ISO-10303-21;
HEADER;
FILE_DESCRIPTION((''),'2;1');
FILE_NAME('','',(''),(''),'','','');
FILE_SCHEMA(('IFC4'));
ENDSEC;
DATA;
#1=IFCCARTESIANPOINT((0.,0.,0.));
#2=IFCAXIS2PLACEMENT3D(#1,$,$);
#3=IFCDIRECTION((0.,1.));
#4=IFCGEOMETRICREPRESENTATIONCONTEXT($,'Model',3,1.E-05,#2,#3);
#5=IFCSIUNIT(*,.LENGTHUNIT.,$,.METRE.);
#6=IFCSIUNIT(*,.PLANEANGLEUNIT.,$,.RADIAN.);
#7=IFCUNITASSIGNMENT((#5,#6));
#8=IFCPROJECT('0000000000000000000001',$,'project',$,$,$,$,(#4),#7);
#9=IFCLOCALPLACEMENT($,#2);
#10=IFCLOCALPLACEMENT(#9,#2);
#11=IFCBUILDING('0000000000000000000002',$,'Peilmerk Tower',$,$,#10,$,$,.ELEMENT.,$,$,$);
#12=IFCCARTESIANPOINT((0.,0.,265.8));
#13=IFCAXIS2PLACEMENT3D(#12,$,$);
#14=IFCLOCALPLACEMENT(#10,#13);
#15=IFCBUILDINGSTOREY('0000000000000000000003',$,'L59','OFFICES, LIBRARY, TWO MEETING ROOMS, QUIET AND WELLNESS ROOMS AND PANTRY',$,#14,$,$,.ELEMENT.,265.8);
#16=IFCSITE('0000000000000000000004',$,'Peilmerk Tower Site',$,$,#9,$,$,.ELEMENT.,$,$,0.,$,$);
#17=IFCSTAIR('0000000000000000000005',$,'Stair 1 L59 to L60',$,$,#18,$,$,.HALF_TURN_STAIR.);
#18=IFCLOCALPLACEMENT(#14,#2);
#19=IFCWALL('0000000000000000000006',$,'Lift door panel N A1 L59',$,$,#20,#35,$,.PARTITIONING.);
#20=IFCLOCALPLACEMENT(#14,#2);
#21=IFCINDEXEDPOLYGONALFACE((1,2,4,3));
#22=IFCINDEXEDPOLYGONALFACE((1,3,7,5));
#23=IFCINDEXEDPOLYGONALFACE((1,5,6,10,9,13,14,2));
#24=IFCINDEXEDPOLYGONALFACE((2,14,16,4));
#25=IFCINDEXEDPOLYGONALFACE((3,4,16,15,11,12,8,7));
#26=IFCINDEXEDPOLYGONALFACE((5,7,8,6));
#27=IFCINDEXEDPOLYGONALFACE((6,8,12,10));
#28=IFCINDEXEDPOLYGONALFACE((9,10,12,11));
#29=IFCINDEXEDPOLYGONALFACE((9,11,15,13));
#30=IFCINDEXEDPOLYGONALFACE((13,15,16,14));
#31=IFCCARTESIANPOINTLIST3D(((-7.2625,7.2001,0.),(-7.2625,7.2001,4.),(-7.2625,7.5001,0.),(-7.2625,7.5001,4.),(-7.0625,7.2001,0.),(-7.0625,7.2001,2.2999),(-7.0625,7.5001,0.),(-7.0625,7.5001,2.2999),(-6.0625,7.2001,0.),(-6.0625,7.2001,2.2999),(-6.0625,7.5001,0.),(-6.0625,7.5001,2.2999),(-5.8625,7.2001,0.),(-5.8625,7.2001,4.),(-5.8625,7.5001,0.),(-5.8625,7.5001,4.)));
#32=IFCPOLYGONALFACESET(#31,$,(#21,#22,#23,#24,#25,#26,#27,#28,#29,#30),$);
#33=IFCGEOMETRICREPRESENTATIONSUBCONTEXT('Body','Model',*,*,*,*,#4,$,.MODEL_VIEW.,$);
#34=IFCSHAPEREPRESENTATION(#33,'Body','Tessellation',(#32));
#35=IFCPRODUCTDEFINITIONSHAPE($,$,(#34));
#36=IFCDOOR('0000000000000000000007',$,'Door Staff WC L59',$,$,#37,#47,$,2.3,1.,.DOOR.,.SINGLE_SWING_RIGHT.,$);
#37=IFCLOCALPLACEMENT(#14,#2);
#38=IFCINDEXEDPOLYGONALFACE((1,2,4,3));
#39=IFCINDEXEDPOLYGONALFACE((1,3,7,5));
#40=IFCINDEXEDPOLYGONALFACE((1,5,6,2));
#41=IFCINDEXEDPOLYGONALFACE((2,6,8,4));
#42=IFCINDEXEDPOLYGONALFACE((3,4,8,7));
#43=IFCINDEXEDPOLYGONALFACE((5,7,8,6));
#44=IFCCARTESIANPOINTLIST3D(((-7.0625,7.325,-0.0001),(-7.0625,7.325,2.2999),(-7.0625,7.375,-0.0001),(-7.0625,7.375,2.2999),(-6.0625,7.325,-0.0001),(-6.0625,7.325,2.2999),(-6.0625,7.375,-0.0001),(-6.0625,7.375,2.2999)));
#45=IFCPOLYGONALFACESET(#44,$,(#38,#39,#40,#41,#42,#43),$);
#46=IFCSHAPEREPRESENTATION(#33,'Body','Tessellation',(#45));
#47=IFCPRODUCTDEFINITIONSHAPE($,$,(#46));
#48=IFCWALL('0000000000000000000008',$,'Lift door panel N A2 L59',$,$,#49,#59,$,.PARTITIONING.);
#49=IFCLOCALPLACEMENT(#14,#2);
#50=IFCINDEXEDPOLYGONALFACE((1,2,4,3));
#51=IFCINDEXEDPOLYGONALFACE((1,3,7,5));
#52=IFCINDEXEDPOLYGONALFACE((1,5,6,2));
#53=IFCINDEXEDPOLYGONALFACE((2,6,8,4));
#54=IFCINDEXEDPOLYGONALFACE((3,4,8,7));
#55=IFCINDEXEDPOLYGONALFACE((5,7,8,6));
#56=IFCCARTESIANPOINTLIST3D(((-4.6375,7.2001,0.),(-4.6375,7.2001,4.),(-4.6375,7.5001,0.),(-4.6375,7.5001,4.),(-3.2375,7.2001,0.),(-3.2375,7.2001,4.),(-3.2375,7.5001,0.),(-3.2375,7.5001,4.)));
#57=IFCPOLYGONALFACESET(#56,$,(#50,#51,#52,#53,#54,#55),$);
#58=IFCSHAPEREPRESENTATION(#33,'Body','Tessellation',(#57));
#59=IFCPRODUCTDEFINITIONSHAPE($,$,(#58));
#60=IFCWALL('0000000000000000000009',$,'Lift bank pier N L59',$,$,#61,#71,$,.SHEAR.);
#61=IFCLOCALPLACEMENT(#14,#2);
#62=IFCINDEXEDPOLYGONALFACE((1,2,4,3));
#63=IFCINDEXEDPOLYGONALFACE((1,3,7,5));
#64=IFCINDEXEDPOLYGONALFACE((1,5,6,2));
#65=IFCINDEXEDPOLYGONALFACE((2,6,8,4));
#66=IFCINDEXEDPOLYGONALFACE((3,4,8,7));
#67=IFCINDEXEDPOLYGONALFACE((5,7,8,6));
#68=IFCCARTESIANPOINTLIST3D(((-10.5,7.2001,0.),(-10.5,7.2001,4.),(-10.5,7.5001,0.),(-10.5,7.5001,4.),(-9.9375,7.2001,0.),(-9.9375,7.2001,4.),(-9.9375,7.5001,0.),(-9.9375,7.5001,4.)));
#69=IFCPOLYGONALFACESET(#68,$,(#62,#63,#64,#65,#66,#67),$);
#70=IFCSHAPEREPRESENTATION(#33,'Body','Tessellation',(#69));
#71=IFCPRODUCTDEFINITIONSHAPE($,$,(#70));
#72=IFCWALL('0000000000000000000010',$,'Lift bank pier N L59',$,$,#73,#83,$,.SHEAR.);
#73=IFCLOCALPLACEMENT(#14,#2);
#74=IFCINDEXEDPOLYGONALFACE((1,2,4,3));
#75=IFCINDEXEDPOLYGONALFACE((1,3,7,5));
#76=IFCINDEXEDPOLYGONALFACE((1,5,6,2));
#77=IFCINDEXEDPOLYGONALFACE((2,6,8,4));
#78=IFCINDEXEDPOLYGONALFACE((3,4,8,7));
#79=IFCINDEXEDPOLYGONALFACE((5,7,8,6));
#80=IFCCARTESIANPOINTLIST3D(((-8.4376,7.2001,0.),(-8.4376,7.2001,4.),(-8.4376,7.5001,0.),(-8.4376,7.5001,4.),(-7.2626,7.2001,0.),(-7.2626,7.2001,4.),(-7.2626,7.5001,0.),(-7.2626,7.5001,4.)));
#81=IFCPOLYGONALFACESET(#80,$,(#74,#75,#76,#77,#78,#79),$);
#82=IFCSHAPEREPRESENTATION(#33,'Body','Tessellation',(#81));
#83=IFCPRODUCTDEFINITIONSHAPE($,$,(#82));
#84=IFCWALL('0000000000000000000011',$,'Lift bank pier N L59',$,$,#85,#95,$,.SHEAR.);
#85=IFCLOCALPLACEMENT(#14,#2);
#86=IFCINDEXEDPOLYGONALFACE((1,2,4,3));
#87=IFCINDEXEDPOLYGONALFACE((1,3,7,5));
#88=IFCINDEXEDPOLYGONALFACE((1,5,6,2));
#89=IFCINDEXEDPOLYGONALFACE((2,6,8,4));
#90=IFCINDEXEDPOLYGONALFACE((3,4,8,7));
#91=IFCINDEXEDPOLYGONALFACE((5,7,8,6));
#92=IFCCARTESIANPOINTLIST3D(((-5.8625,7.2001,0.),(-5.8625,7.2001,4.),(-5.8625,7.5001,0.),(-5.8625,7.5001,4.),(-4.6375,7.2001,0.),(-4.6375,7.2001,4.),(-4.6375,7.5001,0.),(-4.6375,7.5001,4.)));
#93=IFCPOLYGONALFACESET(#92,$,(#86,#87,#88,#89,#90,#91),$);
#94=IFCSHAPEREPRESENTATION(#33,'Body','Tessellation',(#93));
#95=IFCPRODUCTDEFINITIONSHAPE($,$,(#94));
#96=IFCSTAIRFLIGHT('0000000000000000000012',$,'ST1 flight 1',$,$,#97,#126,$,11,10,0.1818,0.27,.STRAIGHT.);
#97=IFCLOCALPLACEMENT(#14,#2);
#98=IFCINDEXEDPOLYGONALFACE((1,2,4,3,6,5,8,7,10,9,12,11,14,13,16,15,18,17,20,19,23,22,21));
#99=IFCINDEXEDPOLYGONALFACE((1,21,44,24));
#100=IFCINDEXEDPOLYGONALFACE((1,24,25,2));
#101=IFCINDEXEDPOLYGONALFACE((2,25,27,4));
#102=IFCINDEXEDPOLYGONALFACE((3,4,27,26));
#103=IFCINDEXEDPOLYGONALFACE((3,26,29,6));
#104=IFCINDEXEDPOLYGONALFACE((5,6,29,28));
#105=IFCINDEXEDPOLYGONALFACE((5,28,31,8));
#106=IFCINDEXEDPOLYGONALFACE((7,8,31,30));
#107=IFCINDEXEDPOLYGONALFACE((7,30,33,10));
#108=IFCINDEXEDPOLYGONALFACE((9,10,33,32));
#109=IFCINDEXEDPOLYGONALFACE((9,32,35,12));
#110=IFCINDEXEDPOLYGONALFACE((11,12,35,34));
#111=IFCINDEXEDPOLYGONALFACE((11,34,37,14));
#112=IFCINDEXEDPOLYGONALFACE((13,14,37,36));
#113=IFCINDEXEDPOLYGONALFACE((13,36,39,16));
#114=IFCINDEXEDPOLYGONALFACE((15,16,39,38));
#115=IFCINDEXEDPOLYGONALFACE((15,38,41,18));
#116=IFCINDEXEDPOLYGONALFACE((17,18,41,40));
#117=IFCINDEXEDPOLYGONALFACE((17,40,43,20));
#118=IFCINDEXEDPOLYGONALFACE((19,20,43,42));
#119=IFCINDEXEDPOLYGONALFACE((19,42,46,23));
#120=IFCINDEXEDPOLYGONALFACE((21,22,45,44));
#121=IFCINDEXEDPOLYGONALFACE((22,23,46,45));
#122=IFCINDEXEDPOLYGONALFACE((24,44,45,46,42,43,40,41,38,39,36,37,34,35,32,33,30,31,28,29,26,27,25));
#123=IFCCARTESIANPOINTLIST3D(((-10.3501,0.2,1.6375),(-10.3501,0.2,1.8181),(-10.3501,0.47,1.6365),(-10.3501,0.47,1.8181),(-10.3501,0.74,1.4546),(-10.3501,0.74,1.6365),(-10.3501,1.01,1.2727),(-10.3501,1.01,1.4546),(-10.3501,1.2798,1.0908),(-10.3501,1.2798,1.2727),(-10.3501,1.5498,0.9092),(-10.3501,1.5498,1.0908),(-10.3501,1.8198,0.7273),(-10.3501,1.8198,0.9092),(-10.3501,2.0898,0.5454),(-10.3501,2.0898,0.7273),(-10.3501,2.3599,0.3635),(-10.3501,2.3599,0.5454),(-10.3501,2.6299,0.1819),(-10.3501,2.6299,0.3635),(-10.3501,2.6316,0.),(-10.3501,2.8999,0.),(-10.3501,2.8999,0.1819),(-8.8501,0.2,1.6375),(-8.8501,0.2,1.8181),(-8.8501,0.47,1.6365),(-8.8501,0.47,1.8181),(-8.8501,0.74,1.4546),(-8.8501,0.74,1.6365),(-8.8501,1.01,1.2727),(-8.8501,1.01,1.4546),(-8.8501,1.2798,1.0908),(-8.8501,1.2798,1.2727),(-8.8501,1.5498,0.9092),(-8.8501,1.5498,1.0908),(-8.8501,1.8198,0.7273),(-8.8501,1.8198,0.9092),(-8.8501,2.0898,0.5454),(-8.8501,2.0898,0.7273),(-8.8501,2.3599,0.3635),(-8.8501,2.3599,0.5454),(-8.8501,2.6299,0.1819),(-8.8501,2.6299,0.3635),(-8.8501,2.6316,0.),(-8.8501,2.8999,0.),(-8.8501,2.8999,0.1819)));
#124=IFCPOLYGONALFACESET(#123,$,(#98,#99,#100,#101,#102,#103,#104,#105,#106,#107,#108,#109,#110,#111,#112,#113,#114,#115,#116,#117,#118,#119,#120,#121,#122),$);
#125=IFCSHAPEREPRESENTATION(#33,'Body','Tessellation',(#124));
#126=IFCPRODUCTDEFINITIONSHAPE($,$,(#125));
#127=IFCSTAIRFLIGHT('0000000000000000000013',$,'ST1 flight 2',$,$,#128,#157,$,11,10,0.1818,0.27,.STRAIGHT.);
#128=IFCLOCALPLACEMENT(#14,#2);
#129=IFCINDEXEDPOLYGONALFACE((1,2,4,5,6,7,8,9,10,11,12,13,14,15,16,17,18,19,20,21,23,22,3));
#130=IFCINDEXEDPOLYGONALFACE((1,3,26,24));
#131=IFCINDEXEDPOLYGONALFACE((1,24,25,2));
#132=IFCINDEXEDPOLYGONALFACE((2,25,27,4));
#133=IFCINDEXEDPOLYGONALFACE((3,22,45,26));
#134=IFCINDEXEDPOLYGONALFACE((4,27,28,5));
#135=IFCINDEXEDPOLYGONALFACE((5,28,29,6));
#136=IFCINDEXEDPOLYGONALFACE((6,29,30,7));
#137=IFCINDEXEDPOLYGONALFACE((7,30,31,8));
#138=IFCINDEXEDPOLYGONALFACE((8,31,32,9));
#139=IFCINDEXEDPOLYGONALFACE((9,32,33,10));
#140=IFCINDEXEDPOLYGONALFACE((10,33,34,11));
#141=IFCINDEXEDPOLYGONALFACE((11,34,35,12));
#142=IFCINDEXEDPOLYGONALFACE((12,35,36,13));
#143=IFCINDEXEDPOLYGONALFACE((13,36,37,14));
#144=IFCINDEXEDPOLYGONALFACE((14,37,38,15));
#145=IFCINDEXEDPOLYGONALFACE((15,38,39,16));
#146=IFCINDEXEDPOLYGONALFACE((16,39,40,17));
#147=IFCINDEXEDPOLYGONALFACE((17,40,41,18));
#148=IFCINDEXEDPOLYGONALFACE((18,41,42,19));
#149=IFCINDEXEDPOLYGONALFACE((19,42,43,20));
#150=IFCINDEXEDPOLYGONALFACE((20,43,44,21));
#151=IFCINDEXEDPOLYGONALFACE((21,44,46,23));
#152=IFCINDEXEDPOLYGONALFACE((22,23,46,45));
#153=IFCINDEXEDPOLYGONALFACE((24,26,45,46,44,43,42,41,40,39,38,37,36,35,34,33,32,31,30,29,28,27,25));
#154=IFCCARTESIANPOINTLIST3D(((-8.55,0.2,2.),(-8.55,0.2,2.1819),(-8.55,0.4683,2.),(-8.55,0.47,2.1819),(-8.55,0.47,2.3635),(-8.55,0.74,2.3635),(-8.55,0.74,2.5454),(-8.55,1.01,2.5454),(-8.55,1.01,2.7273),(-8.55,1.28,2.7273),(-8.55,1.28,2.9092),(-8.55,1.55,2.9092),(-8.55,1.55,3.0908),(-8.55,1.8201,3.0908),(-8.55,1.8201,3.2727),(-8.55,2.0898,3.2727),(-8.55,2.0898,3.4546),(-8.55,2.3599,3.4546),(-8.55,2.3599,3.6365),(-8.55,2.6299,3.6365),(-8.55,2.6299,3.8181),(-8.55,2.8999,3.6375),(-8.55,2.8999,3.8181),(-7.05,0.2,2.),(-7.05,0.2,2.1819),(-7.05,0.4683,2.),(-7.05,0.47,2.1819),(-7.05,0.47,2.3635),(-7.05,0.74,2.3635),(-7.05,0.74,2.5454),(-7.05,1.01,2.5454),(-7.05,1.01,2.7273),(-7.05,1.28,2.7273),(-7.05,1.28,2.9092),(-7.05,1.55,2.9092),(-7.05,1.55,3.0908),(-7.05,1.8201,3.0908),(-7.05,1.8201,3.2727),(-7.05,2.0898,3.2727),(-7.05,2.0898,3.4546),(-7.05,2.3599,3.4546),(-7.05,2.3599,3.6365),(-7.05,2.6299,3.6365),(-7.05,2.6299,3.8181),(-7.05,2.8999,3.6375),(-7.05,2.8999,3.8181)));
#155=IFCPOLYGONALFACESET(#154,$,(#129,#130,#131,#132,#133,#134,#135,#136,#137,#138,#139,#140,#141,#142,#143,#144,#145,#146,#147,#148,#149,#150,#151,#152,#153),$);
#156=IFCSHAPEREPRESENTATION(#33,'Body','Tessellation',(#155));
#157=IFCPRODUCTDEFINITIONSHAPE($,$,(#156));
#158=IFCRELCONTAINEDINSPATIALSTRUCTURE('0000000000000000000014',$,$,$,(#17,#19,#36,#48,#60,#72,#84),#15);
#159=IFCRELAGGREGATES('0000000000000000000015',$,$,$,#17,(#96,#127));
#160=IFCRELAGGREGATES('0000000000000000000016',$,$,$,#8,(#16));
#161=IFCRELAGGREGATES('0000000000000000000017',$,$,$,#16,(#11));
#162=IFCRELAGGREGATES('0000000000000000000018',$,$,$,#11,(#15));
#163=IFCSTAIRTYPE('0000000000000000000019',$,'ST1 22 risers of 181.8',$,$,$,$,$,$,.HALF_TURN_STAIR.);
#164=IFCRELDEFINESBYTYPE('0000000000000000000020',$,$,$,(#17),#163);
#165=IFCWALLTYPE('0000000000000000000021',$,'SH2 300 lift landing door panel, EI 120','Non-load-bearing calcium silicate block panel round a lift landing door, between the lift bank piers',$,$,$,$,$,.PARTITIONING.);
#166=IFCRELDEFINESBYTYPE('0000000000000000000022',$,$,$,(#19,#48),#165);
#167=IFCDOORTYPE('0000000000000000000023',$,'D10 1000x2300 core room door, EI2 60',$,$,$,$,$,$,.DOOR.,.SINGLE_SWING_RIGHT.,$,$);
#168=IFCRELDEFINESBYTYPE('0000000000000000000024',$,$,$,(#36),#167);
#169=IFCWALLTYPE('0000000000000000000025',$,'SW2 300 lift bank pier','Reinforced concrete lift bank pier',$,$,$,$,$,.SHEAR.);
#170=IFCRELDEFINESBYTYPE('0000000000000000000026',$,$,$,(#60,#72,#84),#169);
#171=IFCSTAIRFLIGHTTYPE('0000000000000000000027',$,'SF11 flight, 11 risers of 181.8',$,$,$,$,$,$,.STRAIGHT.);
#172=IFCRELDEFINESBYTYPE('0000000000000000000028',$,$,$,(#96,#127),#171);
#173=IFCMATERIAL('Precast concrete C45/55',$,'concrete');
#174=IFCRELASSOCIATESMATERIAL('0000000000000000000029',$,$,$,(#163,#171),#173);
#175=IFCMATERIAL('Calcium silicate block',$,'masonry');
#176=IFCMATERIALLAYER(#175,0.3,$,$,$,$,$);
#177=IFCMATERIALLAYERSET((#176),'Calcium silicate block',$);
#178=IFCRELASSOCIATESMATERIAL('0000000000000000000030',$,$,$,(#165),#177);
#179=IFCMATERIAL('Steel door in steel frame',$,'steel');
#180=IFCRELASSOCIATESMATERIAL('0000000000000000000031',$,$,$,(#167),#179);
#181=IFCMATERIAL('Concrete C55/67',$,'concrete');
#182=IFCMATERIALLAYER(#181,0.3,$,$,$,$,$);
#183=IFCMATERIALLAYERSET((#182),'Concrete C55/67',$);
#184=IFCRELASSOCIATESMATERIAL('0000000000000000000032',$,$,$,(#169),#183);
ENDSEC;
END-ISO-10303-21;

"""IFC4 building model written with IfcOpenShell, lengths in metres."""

from ifc_helpers import new_model, si_unit, direction, frame, frame_2d, origin, place, context, subcontext, project, spatial, polyline, rectangle, outline, extrude, material, layer, layer_set, type_object, element, fill, aggregate, save


model = new_model("IFC4")

# Units and contexts
model_context = context("Model", 3, precision=1e-05, world=origin(), true_north=direction((0.0, 1.0)))
body_context = subcontext(model_context, "Body", "Model", "MODEL_VIEW")
ifc_project = project(units=[si_unit("LENGTHUNIT", "METRE"), si_unit("PLANEANGLEUNIT", "RADIAN")], contexts=[model_context])

# Site, building, storey
site_placement = place(None, origin())
site = spatial("IfcSite", under=ifc_project, at=site_placement, Name="Peilmerk Tower Site", CompositionType="ELEMENT", RefElevation=0.0)
building_placement = place(site_placement, origin())
building = spatial("IfcBuilding", under=site, at=building_placement, Name="Peilmerk Tower", CompositionType="ELEMENT")
storey_placement = place(building_placement, frame((0.0, 0.0, 265.8)))
storey = spatial("IfcBuildingStorey", under=building, at=storey_placement, Name="L59", Description="OFFICES, LIBRARY, TWO MEETING ROOMS, QUIET AND WELLNESS ROOMS AND PANTRY", CompositionType="ELEMENT", Elevation=265.8)

# Shared definitions
ifc_material_1 = material(Name="Concrete C55/67", Category="concrete")

# Stair
ifc_material_2 = material(Name="Precast concrete C45/55", Category="concrete")
stair_type = type_object("IfcStairType", Name="ST1 22 risers of 181.8", PredefinedType="HALF_TURN_STAIR", material=ifc_material_2)
stair_placement = place(storey_placement, origin())
stair = element("IfcStair", 1, at=stair_placement, inside=storey, type_object=stair_type, Name="Stair 1 L59 to L60", PredefinedType="HALF_TURN_STAIR")

# Shared definitions
ifc_material_3 = material(Name="Steel door in steel frame", Category="steel")

# Wall, opening, door
ifc_material_4 = material(Name="Calcium silicate block", Category="masonry")
ifc_layer_1 = layer(ifc_material_4, 0.3)
ifc_layer_set_1 = layer_set([ifc_layer_1], Name="Calcium silicate block")
wall_type_1 = type_object("IfcWallType", Name="SH2 300 lift landing door panel, EI 120", Description="Non-load-bearing calcium silicate block panel round a lift landing door, between the lift bank piers", PredefinedType="PARTITIONING", material=ifc_layer_set_1)
wall_1_placement = place(storey_placement, frame((-7.2625, 7.3501, 0.0), z_axis=(0.0, 0.0, 1.0), x_axis=(1.0, 0.0, 0.0)))
wall_1 = element("IfcWall", 2, at=wall_1_placement, inside=storey, type_object=wall_type_1, Name="Lift door panel N A1 L59", PredefinedType="PARTITIONING", context=body_context, shape_type="SweptSolid", body=[
    extrude(rectangle(XDim=1.3999, YDim=0.3, at=frame_2d((0.7, 0.0))), origin(), (0.0, 0.0, 1.0), 4.0),
])
opening_1_placement = place(wall_1_placement, frame((0.2, 0.0, 0.0)))
opening_1 = element("IfcOpeningElement", 3, at=opening_1_placement, cuts=wall_1, PredefinedType="OPENING", context=body_context, shape_type="SweptSolid", body=[
    extrude(rectangle(XDim=1.0, YDim=2.3, at=frame_2d((0.5, 1.1499))), frame((0.0, 0.1599, 0.0), z_axis=(0.0, -1.0, 0.0), x_axis=(1.0, 0.0, 0.0)), (0.0, 0.0, 1.0), 0.3201),
])
door_type_1 = type_object("IfcDoorType", Name="D10 1000x2300 core room door, EI2 60", OperationType="SINGLE_SWING_RIGHT", PredefinedType="DOOR", material=ifc_material_3)
door_1_placement = place(opening_1_placement, origin())
door_1 = element("IfcDoor", 4, at=door_1_placement, inside=storey, type_object=door_type_1, Name="Door Staff WC L59", OperationType="SINGLE_SWING_RIGHT", OverallHeight=2.3, OverallWidth=1.0, PredefinedType="DOOR", context=body_context, shape_type="SweptSolid", body=[
    extrude(rectangle(XDim=1.0, YDim=2.3, at=frame_2d((0.5, 1.1499))), frame((0.0, 0.0249, 0.0), z_axis=(0.0, -1.0, 0.0), x_axis=(1.0, 0.0, 0.0)), (0.0, 0.0, 1.0), 0.05),
])
fill(opening_1, door_1)

# Walls
wall_2_placement = place(storey_placement, frame((-4.6375, 7.3501, 0.0), z_axis=(0.0, 0.0, 1.0), x_axis=(1.0, 0.0, 0.0)))
element("IfcWall", 5, at=wall_2_placement, inside=storey, type_object=wall_type_1, Name="Lift door panel N A2 L59", PredefinedType="PARTITIONING", context=body_context, shape_type="SweptSolid", body=[
    extrude(rectangle(XDim=1.3999, YDim=0.3, at=frame_2d((0.7, 0.0))), origin(), (0.0, 0.0, 1.0), 4.0),
])
ifc_layer_2 = layer(ifc_material_1, 0.3)
ifc_layer_set_2 = layer_set([ifc_layer_2], Name="Concrete C55/67")
wall_type_2 = type_object("IfcWallType", Name="SW2 300 lift bank pier", Description="Reinforced concrete lift bank pier", PredefinedType="SHEAR", material=ifc_layer_set_2)
wall_3_placement = place(storey_placement, frame((-10.5, 7.3501, 0.0), z_axis=(0.0, 0.0, 1.0), x_axis=(1.0, 0.0, 0.0)))
element("IfcWall", 6, at=wall_3_placement, inside=storey, type_object=wall_type_2, Name="Lift bank pier N L59", PredefinedType="SHEAR", context=body_context, shape_type="SweptSolid", body=[
    extrude(rectangle(XDim=0.5625, YDim=0.3, at=frame_2d((0.2812, 0.0))), origin(), (0.0, 0.0, 1.0), 4.0),
])
wall_4_placement = place(storey_placement, frame((-8.4375, 7.3501, 0.0), z_axis=(0.0, 0.0, 1.0), x_axis=(1.0, 0.0, 0.0)))
element("IfcWall", 7, at=wall_4_placement, inside=storey, type_object=wall_type_2, Name="Lift bank pier N L59", PredefinedType="SHEAR", context=body_context, shape_type="SweptSolid", body=[
    extrude(rectangle(XDim=1.175, YDim=0.3, at=frame_2d((0.5874, 0.0))), origin(), (0.0, 0.0, 1.0), 4.0),
])
wall_5_placement = place(storey_placement, frame((-5.8625, 7.3501, 0.0), z_axis=(0.0, 0.0, 1.0), x_axis=(1.0, 0.0, 0.0)))
element("IfcWall", 8, at=wall_5_placement, inside=storey, type_object=wall_type_2, Name="Lift bank pier N L59", PredefinedType="SHEAR", context=body_context, shape_type="SweptSolid", body=[
    extrude(rectangle(XDim=1.2251, YDim=0.3, at=frame_2d((0.6125, 0.0))), origin(), (0.0, 0.0, 1.0), 4.0),
])

# Stair flights
stair_flight_type = type_object("IfcStairFlightType", Name="SF11 flight, 11 risers of 181.8", PredefinedType="STRAIGHT", material=ifc_material_2)
stair_flight_1_placement = place(storey_placement, frame((-9.6001, 2.8999, 0.0), z_axis=(0.0, 0.0, 1.0), x_axis=(0.0, -1.0, 0.0)))
stair_flight_1 = element("IfcStairFlight", 9, at=stair_flight_1_placement, type_object=stair_flight_type, Name="ST1 flight 1", NumberOfRisers=11, NumberOfTreads=10, PredefinedType="STRAIGHT", RiserHeight=0.1818, TreadLength=0.27, context=body_context, shape_type="SweptSolid", body=[
    extrude(outline(polyline([(0.0, 0.0), (0.0, 0.1819), (0.27, 0.1819), (0.27, 0.3635), (0.54, 0.3635), (0.54, 0.5454), (0.8101, 0.5454), (0.8101, 0.7273), (1.0801, 0.7273), (1.0801, 0.9092), (1.3501, 0.9092), (1.3501, 1.0908), (1.6201, 1.0908), (1.6201, 1.2727), (1.8899, 1.2727), (1.8899, 1.4546), (2.1599, 1.4546), (2.1599, 1.6365), (2.4299, 1.6365), (2.4299, 1.8181), (2.7, 1.8181), (2.7, 2.0), (2.7, 1.6375), (0.2683, 0.0), (0.0, 0.0)])), frame((0.0, 0.75, 0.0), z_axis=(0.0, -1.0, 0.0), x_axis=(1.0, 0.0, 0.0)), (0.0, 0.0, 1.0), 1.5),
])
stair_flight_2_placement = place(storey_placement, frame((-7.8, 0.2, 2.0), z_axis=(0.0, 0.0, 1.0), x_axis=(0.0, 1.0, 0.0)))
stair_flight_2 = element("IfcStairFlight", 10, at=stair_flight_2_placement, type_object=stair_flight_type, Name="ST1 flight 2", NumberOfRisers=11, NumberOfTreads=10, PredefinedType="STRAIGHT", RiserHeight=0.1818, TreadLength=0.27, context=body_context, shape_type="SweptSolid", body=[
    extrude(outline(polyline([(0.0, 0.0), (0.0, 0.1819), (0.27, 0.1819), (0.27, 0.3635), (0.54, 0.3635), (0.54, 0.5454), (0.8101, 0.5454), (0.8101, 0.7273), (1.0801, 0.7273), (1.0801, 0.9092), (1.3501, 0.9092), (1.3501, 1.0908), (1.6201, 1.0908), (1.6201, 1.2727), (1.8899, 1.2727), (1.8899, 1.4546), (2.1599, 1.4546), (2.1599, 1.6365), (2.4299, 1.6365), (2.4299, 1.8181), (2.7, 1.8181), (2.7, 2.0), (2.7, 1.6375), (0.2683, 0.0), (0.0, 0.0)])), frame((0.0, 0.75, 0.0), z_axis=(0.0, -1.0, 0.0), x_axis=(1.0, 0.0, 0.0)), (0.0, 0.0, 1.0), 1.5),
])
aggregate(stair, [stair_flight_1, stair_flight_2])

save(model, "model.ifc")
